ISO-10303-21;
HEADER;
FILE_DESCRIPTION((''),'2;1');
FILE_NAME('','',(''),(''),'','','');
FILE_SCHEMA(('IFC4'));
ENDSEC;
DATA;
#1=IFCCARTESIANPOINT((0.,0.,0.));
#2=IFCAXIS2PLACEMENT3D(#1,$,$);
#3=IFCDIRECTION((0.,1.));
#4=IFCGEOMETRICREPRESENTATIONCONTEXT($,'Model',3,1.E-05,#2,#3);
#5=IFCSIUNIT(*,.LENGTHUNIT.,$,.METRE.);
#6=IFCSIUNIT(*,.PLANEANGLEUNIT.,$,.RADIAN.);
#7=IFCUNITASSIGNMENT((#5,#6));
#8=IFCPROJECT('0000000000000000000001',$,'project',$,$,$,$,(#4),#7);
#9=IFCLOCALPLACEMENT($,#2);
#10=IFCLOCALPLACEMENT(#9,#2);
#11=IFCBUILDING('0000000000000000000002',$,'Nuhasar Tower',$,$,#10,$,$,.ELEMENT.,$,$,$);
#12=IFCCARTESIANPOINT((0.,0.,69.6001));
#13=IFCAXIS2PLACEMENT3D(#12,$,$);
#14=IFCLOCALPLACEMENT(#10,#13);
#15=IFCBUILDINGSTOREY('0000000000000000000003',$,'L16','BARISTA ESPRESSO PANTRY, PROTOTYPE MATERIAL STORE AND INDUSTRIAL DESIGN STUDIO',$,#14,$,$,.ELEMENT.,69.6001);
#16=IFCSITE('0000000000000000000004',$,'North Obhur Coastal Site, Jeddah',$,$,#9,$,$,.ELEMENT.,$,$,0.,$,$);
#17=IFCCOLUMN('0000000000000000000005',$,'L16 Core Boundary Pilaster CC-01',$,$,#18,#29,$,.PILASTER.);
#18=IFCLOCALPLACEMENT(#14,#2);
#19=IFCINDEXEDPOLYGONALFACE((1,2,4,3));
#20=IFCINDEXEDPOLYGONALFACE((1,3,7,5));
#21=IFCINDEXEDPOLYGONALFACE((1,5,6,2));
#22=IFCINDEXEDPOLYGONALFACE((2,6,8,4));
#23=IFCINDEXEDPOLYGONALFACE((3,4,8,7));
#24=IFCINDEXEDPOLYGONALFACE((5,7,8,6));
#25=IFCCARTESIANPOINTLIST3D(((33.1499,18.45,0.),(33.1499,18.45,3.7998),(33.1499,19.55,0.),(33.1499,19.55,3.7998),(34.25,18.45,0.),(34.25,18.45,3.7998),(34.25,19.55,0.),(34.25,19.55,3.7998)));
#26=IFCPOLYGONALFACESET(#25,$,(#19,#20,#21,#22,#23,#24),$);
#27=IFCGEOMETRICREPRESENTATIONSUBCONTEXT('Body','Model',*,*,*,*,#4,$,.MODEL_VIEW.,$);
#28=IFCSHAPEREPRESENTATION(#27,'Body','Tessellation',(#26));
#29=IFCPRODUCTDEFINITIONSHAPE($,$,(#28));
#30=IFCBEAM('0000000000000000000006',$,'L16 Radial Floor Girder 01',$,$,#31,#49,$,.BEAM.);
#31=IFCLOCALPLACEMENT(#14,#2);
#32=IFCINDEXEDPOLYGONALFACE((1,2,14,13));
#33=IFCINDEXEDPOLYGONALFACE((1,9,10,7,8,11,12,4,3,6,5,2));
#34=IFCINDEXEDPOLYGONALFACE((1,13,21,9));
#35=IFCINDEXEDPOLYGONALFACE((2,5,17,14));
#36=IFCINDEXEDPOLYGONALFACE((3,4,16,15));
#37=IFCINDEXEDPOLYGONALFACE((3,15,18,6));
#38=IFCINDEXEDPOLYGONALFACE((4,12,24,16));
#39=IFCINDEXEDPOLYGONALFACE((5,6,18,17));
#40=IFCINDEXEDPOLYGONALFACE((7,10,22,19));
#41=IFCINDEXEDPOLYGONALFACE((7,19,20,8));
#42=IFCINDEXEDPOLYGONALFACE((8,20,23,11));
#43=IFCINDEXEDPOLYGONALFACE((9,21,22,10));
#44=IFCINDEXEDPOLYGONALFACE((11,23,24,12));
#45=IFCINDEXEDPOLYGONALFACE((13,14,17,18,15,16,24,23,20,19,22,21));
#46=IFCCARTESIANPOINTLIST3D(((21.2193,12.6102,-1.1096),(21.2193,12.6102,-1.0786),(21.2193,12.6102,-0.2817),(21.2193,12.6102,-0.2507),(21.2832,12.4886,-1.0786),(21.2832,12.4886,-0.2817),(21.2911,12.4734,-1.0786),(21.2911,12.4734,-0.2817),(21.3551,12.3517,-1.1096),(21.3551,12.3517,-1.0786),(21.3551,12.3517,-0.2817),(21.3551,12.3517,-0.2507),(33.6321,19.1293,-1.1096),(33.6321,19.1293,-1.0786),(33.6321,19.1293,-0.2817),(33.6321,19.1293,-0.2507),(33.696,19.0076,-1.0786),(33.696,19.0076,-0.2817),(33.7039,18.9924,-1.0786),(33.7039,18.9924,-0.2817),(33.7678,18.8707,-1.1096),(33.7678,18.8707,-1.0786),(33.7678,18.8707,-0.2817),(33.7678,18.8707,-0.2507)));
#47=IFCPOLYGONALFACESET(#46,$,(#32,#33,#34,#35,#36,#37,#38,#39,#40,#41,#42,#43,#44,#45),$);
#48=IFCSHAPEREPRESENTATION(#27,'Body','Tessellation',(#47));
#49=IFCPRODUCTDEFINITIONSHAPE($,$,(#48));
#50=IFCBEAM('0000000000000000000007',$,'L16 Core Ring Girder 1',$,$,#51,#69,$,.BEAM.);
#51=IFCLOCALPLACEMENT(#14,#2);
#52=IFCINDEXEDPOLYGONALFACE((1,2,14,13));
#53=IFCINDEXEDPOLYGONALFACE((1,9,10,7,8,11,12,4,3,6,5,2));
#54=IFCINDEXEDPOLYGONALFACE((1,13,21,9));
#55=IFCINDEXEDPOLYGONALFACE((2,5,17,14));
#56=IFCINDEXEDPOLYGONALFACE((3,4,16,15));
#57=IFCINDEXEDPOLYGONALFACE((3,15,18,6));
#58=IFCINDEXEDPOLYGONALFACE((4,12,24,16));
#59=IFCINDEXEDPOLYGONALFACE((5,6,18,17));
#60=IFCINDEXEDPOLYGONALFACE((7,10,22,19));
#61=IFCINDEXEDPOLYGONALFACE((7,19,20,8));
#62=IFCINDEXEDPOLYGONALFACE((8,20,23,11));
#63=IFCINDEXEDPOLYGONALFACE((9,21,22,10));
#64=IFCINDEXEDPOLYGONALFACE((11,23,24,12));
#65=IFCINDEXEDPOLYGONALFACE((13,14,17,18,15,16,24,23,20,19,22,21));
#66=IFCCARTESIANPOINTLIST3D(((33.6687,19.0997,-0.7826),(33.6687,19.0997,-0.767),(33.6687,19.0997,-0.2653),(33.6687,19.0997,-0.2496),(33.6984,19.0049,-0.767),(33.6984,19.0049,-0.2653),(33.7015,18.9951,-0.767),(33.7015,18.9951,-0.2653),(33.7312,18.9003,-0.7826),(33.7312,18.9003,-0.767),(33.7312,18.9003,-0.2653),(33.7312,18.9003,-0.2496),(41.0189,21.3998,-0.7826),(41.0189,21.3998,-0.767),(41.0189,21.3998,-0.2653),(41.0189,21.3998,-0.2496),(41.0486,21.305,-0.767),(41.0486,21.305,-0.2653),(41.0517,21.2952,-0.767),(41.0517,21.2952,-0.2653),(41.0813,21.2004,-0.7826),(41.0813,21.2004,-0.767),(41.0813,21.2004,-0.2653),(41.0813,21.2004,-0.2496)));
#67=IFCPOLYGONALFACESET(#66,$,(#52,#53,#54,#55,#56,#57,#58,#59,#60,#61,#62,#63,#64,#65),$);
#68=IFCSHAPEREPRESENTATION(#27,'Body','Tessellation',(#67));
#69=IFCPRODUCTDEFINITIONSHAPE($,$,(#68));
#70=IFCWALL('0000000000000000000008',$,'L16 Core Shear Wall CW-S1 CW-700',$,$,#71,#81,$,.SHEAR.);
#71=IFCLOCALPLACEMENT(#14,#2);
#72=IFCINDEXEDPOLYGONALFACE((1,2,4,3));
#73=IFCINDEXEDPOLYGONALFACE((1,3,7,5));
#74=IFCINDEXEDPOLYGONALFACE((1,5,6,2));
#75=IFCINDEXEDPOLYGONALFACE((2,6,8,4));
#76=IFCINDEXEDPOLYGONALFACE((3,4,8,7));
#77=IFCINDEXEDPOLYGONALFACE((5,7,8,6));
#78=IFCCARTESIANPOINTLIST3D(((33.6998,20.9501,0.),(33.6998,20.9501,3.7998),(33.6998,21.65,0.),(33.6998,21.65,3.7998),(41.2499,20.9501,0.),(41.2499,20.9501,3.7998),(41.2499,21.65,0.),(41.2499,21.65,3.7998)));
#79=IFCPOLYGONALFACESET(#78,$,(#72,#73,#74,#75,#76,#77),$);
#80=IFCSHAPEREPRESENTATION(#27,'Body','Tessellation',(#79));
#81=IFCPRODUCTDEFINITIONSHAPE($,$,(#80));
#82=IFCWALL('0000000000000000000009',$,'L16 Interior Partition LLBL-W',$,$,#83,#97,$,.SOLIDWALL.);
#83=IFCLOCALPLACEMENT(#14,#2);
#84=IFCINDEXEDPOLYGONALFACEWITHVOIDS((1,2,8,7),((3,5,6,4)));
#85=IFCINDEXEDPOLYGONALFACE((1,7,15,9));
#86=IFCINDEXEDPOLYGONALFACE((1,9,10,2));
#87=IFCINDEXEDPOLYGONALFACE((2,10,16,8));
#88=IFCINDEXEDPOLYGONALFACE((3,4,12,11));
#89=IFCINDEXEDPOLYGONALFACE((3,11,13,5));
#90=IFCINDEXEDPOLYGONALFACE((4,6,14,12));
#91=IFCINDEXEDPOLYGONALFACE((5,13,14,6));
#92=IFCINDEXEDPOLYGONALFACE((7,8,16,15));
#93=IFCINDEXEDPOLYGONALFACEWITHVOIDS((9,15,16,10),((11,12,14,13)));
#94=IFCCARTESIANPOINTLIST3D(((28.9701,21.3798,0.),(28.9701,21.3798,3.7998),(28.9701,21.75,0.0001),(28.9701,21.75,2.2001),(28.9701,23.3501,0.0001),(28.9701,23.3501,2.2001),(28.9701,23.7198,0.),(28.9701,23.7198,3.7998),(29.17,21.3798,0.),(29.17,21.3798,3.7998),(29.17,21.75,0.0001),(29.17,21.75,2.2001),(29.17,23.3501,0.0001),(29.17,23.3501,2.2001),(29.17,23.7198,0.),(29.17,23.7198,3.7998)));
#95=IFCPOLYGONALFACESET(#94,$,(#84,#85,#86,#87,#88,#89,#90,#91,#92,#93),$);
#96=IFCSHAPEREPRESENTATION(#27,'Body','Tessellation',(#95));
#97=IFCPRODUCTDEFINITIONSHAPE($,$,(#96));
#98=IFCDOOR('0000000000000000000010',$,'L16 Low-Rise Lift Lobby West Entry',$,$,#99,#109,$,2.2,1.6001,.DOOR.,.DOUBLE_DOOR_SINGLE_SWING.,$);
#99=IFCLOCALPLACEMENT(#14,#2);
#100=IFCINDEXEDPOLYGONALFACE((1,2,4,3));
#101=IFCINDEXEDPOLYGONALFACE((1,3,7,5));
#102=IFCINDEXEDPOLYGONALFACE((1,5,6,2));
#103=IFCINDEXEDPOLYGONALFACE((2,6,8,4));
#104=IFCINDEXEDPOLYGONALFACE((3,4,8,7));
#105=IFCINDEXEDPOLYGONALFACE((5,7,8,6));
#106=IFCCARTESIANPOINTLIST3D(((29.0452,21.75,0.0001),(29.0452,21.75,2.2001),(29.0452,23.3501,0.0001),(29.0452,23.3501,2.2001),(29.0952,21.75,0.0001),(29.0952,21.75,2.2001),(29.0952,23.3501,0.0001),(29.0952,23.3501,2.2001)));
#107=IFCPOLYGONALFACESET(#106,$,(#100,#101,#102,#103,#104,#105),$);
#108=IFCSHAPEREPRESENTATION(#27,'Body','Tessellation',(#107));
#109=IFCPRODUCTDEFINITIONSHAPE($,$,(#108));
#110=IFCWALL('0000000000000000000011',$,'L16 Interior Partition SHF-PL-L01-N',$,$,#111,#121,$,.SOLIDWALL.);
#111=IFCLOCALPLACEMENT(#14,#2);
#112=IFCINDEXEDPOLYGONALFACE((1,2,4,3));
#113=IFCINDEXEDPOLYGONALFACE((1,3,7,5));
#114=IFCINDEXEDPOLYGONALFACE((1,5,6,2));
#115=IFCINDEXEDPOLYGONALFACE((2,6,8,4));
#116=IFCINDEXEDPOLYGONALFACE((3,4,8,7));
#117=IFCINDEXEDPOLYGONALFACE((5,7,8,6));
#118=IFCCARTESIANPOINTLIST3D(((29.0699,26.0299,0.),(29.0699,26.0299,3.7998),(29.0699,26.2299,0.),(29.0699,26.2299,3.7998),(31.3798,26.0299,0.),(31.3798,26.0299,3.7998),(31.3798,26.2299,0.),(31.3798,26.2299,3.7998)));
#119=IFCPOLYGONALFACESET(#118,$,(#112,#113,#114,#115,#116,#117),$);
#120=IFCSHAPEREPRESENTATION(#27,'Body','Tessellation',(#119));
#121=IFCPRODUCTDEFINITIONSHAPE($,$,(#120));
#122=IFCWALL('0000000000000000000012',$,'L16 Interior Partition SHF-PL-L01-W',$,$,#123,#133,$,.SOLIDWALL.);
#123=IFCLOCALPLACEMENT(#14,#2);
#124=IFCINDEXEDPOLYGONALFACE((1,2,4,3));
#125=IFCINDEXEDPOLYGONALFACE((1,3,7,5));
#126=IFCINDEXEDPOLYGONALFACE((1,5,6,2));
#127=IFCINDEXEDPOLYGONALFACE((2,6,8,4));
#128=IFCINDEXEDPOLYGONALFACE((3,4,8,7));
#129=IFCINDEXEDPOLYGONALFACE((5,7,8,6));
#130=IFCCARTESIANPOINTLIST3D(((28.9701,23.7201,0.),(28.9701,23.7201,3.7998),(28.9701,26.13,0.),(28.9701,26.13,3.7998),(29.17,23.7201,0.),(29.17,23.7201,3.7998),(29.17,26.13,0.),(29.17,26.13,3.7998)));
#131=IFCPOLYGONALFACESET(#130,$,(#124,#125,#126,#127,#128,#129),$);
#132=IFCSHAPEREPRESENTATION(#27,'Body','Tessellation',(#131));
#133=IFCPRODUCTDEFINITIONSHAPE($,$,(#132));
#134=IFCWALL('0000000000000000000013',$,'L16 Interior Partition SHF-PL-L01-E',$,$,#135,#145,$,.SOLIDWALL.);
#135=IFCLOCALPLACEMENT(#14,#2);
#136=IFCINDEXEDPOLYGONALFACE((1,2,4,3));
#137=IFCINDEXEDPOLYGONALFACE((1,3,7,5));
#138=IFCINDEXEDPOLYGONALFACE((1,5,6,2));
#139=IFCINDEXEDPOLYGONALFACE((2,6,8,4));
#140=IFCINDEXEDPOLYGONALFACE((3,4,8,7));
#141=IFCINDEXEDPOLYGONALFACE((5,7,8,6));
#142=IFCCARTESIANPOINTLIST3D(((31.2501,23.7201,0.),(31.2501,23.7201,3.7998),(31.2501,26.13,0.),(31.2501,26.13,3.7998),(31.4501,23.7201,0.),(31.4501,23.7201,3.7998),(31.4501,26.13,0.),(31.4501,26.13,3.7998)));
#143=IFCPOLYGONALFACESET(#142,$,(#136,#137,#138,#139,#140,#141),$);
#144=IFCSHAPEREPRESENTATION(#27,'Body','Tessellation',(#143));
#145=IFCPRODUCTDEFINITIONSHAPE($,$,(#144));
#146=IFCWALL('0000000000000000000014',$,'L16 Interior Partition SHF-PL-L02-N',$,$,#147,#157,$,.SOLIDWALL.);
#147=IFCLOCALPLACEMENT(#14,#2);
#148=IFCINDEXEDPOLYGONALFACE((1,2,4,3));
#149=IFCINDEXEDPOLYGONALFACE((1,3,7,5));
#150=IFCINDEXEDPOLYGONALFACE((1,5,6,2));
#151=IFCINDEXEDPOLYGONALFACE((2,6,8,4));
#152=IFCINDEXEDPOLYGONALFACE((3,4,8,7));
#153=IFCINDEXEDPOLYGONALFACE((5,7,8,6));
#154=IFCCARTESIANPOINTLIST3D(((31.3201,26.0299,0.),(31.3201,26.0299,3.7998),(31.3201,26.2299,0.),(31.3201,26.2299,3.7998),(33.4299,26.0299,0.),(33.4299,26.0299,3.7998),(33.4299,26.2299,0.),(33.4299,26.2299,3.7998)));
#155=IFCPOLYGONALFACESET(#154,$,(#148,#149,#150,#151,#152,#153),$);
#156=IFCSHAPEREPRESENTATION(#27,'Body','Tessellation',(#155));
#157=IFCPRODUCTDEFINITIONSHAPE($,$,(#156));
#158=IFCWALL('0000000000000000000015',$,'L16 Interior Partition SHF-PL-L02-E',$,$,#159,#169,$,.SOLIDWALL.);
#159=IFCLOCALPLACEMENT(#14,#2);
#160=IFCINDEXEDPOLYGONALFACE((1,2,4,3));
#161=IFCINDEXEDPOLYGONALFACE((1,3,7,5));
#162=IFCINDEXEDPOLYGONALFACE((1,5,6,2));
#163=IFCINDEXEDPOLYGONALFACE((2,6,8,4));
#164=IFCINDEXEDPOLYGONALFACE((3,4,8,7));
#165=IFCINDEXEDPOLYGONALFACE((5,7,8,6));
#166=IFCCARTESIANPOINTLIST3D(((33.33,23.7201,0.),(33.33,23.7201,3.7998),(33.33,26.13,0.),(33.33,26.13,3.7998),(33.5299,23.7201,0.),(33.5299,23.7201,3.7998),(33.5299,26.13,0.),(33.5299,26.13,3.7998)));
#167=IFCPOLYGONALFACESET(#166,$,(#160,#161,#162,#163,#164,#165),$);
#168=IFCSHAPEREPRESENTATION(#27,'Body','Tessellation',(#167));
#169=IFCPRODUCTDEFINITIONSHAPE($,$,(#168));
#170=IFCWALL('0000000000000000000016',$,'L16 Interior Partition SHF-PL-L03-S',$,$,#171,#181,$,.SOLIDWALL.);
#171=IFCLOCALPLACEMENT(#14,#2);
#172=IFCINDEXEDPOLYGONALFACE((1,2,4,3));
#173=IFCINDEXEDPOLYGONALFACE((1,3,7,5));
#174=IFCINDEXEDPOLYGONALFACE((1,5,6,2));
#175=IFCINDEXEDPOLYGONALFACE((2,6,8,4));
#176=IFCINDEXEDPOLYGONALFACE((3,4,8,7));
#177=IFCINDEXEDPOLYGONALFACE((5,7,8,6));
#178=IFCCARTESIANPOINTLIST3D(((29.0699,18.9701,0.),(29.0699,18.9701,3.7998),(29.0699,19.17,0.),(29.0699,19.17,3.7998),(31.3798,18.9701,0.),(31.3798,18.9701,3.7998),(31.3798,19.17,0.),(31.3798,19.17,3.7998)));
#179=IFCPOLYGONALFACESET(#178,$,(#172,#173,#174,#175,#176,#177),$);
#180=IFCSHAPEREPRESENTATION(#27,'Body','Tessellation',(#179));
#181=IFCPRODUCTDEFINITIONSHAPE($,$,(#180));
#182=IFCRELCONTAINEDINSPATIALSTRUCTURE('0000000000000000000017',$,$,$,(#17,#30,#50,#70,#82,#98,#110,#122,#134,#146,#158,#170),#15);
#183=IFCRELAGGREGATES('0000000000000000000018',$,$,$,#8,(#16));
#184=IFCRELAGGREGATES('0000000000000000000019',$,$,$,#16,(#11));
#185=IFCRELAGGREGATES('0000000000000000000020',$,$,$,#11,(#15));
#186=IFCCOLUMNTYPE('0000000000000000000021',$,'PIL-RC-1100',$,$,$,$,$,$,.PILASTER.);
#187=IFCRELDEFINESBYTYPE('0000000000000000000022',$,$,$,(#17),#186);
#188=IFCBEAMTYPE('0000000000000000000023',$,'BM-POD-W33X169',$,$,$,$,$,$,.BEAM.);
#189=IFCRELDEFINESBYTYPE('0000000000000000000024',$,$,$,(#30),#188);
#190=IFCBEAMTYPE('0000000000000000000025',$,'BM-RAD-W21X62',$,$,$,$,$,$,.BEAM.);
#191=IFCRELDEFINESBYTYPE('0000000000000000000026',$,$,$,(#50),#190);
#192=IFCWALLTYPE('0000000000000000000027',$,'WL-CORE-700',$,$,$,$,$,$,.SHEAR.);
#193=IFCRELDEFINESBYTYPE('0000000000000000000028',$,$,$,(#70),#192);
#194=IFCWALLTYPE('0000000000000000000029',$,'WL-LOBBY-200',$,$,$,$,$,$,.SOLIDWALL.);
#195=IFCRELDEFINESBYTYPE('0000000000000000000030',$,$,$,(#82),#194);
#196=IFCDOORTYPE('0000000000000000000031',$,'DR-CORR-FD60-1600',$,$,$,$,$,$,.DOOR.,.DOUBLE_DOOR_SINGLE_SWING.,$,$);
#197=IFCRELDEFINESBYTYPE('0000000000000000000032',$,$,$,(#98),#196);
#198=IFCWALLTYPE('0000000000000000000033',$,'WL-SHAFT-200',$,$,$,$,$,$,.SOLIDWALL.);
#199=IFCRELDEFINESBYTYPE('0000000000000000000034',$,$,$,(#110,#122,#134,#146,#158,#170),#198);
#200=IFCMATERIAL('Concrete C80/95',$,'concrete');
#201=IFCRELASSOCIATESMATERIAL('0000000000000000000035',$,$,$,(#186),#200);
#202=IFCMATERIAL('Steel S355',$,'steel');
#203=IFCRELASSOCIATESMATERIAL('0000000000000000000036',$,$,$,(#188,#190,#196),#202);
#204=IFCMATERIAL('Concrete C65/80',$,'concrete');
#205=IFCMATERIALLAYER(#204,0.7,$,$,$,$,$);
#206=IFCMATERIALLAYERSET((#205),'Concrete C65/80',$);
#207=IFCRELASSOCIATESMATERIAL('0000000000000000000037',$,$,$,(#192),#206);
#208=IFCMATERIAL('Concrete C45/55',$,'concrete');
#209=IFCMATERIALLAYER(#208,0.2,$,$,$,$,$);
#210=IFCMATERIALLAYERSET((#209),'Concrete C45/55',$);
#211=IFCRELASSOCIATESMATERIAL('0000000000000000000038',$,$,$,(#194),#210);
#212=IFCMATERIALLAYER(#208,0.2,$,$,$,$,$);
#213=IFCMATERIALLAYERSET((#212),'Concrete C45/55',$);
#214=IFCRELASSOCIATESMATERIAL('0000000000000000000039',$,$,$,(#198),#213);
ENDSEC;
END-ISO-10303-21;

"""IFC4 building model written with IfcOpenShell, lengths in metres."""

from ifc_helpers import new_model, si_unit, direction, frame, frame_2d, origin, origin_2d, place, context, subcontext, project, spatial, rectangle, i_section, extrude, material, layer, layer_set, material_profile, profile_set, type_object, element, fill, save


model = new_model("IFC4")

# Units and contexts
model_context = context("Model", 3, precision=1e-05, world=origin(), true_north=direction((0.0, 1.0)))
body_context = subcontext(model_context, "Body", "Model", "MODEL_VIEW")
ifc_project = project(units=[si_unit("LENGTHUNIT", "METRE"), si_unit("PLANEANGLEUNIT", "RADIAN")], contexts=[model_context])

# Site, building, storey
site_placement = place(None, origin())
site = spatial("IfcSite", under=ifc_project, at=site_placement, Name="North Obhur Coastal Site, Jeddah", CompositionType="ELEMENT", RefElevation=0.0)
building_placement = place(site_placement, origin())
building = spatial("IfcBuilding", under=site, at=building_placement, Name="Nuhasar Tower", CompositionType="ELEMENT")
storey_placement = place(building_placement, frame((0.0, 0.0, 69.6001)))
storey = spatial("IfcBuildingStorey", under=building, at=storey_placement, Name="L16", Description="BARISTA ESPRESSO PANTRY, PROTOTYPE MATERIAL STORE AND INDUSTRIAL DESIGN STUDIO", CompositionType="ELEMENT", Elevation=69.6001)

# Column
ifc_material_1 = material(Name="Concrete C80/95", Category="concrete")
ifc_material_profile_1 = material_profile(ifc_material_1, rectangle(XDim=1.1001, YDim=1.1001, at=origin_2d()), Name="RC1100X1100")
ifc_profile_set_1 = profile_set([ifc_material_profile_1], Name="Concrete C80/95")
column_type = type_object("IfcColumnType", Name="PIL-RC-1100", PredefinedType="PILASTER", material=ifc_profile_set_1)
column_placement = place(storey_placement, frame((33.7, 19.0, 0.0), z_axis=(0.0, 0.0, 1.0), x_axis=(1.0, 0.0, 0.0)))
element("IfcColumn", 1, at=column_placement, inside=storey, type_object=column_type, Name="L16 Core Boundary Pilaster CC-01", PredefinedType="PILASTER", context=body_context, shape_type="SweptSolid", body=[
    extrude(rectangle(XDim=1.1001, YDim=1.1001, at=origin_2d()), origin(), (0.0, 0.0, 1.0), 3.7998),
])

# Beams
ifc_material_2 = material(Name="Steel S355", Category="steel")
ifc_material_profile_2 = material_profile(ifc_material_2, i_section(OverallWidth=0.292, OverallDepth=0.8589, WebThickness=0.0171, FlangeThickness=0.031, at=origin_2d()), Name="W33X169")
ifc_profile_set_2 = profile_set([ifc_material_profile_2], Name="Steel S355")
beam_type_1 = type_object("IfcBeamType", Name="BM-POD-W33X169", PredefinedType="BEAM", material=ifc_profile_set_2)
beam_1_placement = place(storey_placement, frame((33.7, 19.0, -0.6802), z_axis=(-0.88533, -0.464963, 0.0), x_axis=(0.464963, -0.88533, 0.0)))
element("IfcBeam", 2, at=beam_1_placement, inside=storey, type_object=beam_type_1, Name="L16 Radial Floor Girder 01", PredefinedType="BEAM", context=body_context, shape_type="SweptSolid", body=[
    extrude(i_section(OverallWidth=0.292, OverallDepth=0.8589, WebThickness=0.0171, FlangeThickness=0.031, at=origin_2d()), origin(), (0.0, 0.0, 1.0), 14.0205),
])
ifc_material_profile_3 = material_profile(ifc_material_2, i_section(OverallWidth=0.209, OverallDepth=0.533, WebThickness=0.0103, FlangeThickness=0.0156, at=origin_2d()), Name="W21X62")
ifc_profile_set_3 = profile_set([ifc_material_profile_3], Name="Steel S355")
beam_type_2 = type_object("IfcBeamType", Name="BM-RAD-W21X62", PredefinedType="BEAM", material=ifc_profile_set_3)
beam_2_placement = place(storey_placement, frame((33.7, 19.0, -0.5161), z_axis=(0.954364, 0.298647, 0.0), x_axis=(-0.298647, 0.954364, 0.0)))
element("IfcBeam", 3, at=beam_2_placement, inside=storey, type_object=beam_type_2, Name="L16 Core Ring Girder 1", PredefinedType="BEAM", context=body_context, shape_type="SweptSolid", body=[
    extrude(i_section(OverallWidth=0.209, OverallDepth=0.533, WebThickness=0.0103, FlangeThickness=0.0156, at=origin_2d()), origin(), (0.0, 0.0, 1.0), 7.7017),
])

# Wall
ifc_material_3 = material(Name="Concrete C65/80", Category="concrete")
ifc_layer_1 = layer(ifc_material_3, 0.7)
ifc_layer_set_1 = layer_set([ifc_layer_1], Name="Concrete C65/80")
wall_type_1 = type_object("IfcWallType", Name="WL-CORE-700", PredefinedType="SHEAR", material=ifc_layer_set_1)
wall_1_placement = place(storey_placement, frame((33.7, 21.3, 0.0), z_axis=(0.0, 0.0, 1.0), x_axis=(1.0, 0.0, 0.0)))
element("IfcWall", 4, at=wall_1_placement, inside=storey, type_object=wall_type_1, Name="L16 Core Shear Wall CW-S1 CW-700", PredefinedType="SHEAR", context=body_context, shape_type="SweptSolid", body=[
    extrude(rectangle(XDim=7.55, YDim=0.7, at=frame_2d((3.7749, 0.0))), origin(), (0.0, 0.0, 1.0), 3.7998),
])

# Wall, opening, door
ifc_material_4 = material(Name="Concrete C45/55", Category="concrete")
ifc_layer_2 = layer(ifc_material_4, 0.2)
ifc_layer_set_2 = layer_set([ifc_layer_2], Name="Concrete C45/55")
wall_type_2 = type_object("IfcWallType", Name="WL-LOBBY-200", PredefinedType="SOLIDWALL", material=ifc_layer_set_2)
wall_2_placement = place(storey_placement, frame((29.0701, 21.3799, 0.0), z_axis=(0.0, 0.0, 1.0), x_axis=(0.0, 1.0, 0.0)))
wall_2 = element("IfcWall", 5, at=wall_2_placement, inside=storey, type_object=wall_type_2, Name="L16 Interior Partition LLBL-W", PredefinedType="SOLIDWALL", context=body_context, shape_type="SweptSolid", body=[
    extrude(rectangle(XDim=2.3401, YDim=0.2, at=frame_2d((1.1699, 0.0))), origin(), (0.0, 0.0, 1.0), 3.7998),
])
opening_1_placement = place(wall_2_placement, frame((0.3701, 0.0, 0.0)))
opening_1 = element("IfcOpeningElement", 6, at=opening_1_placement, cuts=wall_2, PredefinedType="OPENING", context=body_context, shape_type="SweptSolid", body=[
    extrude(rectangle(XDim=1.6001, YDim=2.2, at=frame_2d((0.8, 1.1001))), frame((0.0, 0.1099, 0.0), z_axis=(0.0, -1.0, 0.0), x_axis=(1.0, 0.0, 0.0)), (0.0, 0.0, 1.0), 0.22),
])
door_type_1 = type_object("IfcDoorType", Name="DR-CORR-FD60-1600", OperationType="DOUBLE_DOOR_SINGLE_SWING", PredefinedType="DOOR", material=ifc_material_2)
door_1_placement = place(opening_1_placement, origin())
door_1 = element("IfcDoor", 7, at=door_1_placement, inside=storey, type_object=door_type_1, Name="L16 Low-Rise Lift Lobby West Entry", OperationType="DOUBLE_DOOR_SINGLE_SWING", OverallHeight=2.2, OverallWidth=1.6001, PredefinedType="DOOR", context=body_context, shape_type="SweptSolid", body=[
    extrude(rectangle(XDim=1.6001, YDim=2.2, at=frame_2d((0.8, 1.1001))), frame((0.0, 0.0249, 0.0), z_axis=(0.0, -1.0, 0.0), x_axis=(1.0, 0.0, 0.0)), (0.0, 0.0, 1.0), 0.05),
])
fill(opening_1, door_1)
ifc_layer_3 = layer(ifc_material_4, 0.2)
ifc_layer_set_3 = layer_set([ifc_layer_3], Name="Concrete C45/55")
wall_type_3 = type_object("IfcWallType", Name="WL-SHAFT-200", PredefinedType="SOLIDWALL", material=ifc_layer_set_3)

# Walls
wall_3_placement = place(storey_placement, frame((29.0701, 26.1299, 0.0), z_axis=(0.0, 0.0, 1.0), x_axis=(1.0, 0.0, 0.0)))
element("IfcWall", 8, at=wall_3_placement, inside=storey, type_object=wall_type_3, Name="L16 Interior Partition SHF-PL-L01-N", PredefinedType="SOLIDWALL", context=body_context, shape_type="SweptSolid", body=[
    extrude(rectangle(XDim=2.3098, YDim=0.2, at=frame_2d((1.1548, 0.0))), origin(), (0.0, 0.0, 1.0), 3.7998),
])
for number, where, z_axis, x_axis, name in (
    (9, (29.0701, 23.72, 0.0), (0.0, 0.0, 1.0), (0.0, 1.0, 0.0), "L16 Interior Partition SHF-PL-L01-W"),
    (10, (31.3501, 23.72, 0.0), (0.0, 0.0, 1.0), (0.0, 1.0, 0.0), "L16 Interior Partition SHF-PL-L01-E"),
):
    element("IfcWall", number, at=place(storey_placement, frame(where, z_axis=z_axis, x_axis=x_axis)), inside=storey, type_object=wall_type_3, Name=name, PredefinedType="SOLIDWALL", context=body_context, shape_type="SweptSolid", body=[
        extrude(rectangle(XDim=2.4099, YDim=0.2, at=frame_2d((1.2051, 0.0))), origin(), (0.0, 0.0, 1.0), 3.7998),
    ])

# Walls
wall_4_placement = place(storey_placement, frame((31.3201, 26.1299, 0.0), z_axis=(0.0, 0.0, 1.0), x_axis=(1.0, 0.0, 0.0)))
element("IfcWall", 11, at=wall_4_placement, inside=storey, type_object=wall_type_3, Name="L16 Interior Partition SHF-PL-L02-N", PredefinedType="SOLIDWALL", context=body_context, shape_type="SweptSolid", body=[
    extrude(rectangle(XDim=2.1099, YDim=0.2, at=frame_2d((1.0549, 0.0))), origin(), (0.0, 0.0, 1.0), 3.7998),
])
wall_5_placement = place(storey_placement, frame((33.4299, 23.72, 0.0), z_axis=(0.0, 0.0, 1.0), x_axis=(0.0, 1.0, 0.0)))
element("IfcWall", 12, at=wall_5_placement, inside=storey, type_object=wall_type_3, Name="L16 Interior Partition SHF-PL-L02-E", PredefinedType="SOLIDWALL", context=body_context, shape_type="SweptSolid", body=[
    extrude(rectangle(XDim=2.4099, YDim=0.2, at=frame_2d((1.2051, 0.0))), origin(), (0.0, 0.0, 1.0), 3.7998),
])
wall_6_placement = place(storey_placement, frame((29.0701, 19.0701, 0.0), z_axis=(0.0, 0.0, 1.0), x_axis=(1.0, 0.0, 0.0)))
element("IfcWall", 13, at=wall_6_placement, inside=storey, type_object=wall_type_3, Name="L16 Interior Partition SHF-PL-L03-S", PredefinedType="SOLIDWALL", context=body_context, shape_type="SweptSolid", body=[
    extrude(rectangle(XDim=2.3098, YDim=0.2, at=frame_2d((1.1548, 0.0))), origin(), (0.0, 0.0, 1.0), 3.7998),
])

save(model, "model.ifc")
